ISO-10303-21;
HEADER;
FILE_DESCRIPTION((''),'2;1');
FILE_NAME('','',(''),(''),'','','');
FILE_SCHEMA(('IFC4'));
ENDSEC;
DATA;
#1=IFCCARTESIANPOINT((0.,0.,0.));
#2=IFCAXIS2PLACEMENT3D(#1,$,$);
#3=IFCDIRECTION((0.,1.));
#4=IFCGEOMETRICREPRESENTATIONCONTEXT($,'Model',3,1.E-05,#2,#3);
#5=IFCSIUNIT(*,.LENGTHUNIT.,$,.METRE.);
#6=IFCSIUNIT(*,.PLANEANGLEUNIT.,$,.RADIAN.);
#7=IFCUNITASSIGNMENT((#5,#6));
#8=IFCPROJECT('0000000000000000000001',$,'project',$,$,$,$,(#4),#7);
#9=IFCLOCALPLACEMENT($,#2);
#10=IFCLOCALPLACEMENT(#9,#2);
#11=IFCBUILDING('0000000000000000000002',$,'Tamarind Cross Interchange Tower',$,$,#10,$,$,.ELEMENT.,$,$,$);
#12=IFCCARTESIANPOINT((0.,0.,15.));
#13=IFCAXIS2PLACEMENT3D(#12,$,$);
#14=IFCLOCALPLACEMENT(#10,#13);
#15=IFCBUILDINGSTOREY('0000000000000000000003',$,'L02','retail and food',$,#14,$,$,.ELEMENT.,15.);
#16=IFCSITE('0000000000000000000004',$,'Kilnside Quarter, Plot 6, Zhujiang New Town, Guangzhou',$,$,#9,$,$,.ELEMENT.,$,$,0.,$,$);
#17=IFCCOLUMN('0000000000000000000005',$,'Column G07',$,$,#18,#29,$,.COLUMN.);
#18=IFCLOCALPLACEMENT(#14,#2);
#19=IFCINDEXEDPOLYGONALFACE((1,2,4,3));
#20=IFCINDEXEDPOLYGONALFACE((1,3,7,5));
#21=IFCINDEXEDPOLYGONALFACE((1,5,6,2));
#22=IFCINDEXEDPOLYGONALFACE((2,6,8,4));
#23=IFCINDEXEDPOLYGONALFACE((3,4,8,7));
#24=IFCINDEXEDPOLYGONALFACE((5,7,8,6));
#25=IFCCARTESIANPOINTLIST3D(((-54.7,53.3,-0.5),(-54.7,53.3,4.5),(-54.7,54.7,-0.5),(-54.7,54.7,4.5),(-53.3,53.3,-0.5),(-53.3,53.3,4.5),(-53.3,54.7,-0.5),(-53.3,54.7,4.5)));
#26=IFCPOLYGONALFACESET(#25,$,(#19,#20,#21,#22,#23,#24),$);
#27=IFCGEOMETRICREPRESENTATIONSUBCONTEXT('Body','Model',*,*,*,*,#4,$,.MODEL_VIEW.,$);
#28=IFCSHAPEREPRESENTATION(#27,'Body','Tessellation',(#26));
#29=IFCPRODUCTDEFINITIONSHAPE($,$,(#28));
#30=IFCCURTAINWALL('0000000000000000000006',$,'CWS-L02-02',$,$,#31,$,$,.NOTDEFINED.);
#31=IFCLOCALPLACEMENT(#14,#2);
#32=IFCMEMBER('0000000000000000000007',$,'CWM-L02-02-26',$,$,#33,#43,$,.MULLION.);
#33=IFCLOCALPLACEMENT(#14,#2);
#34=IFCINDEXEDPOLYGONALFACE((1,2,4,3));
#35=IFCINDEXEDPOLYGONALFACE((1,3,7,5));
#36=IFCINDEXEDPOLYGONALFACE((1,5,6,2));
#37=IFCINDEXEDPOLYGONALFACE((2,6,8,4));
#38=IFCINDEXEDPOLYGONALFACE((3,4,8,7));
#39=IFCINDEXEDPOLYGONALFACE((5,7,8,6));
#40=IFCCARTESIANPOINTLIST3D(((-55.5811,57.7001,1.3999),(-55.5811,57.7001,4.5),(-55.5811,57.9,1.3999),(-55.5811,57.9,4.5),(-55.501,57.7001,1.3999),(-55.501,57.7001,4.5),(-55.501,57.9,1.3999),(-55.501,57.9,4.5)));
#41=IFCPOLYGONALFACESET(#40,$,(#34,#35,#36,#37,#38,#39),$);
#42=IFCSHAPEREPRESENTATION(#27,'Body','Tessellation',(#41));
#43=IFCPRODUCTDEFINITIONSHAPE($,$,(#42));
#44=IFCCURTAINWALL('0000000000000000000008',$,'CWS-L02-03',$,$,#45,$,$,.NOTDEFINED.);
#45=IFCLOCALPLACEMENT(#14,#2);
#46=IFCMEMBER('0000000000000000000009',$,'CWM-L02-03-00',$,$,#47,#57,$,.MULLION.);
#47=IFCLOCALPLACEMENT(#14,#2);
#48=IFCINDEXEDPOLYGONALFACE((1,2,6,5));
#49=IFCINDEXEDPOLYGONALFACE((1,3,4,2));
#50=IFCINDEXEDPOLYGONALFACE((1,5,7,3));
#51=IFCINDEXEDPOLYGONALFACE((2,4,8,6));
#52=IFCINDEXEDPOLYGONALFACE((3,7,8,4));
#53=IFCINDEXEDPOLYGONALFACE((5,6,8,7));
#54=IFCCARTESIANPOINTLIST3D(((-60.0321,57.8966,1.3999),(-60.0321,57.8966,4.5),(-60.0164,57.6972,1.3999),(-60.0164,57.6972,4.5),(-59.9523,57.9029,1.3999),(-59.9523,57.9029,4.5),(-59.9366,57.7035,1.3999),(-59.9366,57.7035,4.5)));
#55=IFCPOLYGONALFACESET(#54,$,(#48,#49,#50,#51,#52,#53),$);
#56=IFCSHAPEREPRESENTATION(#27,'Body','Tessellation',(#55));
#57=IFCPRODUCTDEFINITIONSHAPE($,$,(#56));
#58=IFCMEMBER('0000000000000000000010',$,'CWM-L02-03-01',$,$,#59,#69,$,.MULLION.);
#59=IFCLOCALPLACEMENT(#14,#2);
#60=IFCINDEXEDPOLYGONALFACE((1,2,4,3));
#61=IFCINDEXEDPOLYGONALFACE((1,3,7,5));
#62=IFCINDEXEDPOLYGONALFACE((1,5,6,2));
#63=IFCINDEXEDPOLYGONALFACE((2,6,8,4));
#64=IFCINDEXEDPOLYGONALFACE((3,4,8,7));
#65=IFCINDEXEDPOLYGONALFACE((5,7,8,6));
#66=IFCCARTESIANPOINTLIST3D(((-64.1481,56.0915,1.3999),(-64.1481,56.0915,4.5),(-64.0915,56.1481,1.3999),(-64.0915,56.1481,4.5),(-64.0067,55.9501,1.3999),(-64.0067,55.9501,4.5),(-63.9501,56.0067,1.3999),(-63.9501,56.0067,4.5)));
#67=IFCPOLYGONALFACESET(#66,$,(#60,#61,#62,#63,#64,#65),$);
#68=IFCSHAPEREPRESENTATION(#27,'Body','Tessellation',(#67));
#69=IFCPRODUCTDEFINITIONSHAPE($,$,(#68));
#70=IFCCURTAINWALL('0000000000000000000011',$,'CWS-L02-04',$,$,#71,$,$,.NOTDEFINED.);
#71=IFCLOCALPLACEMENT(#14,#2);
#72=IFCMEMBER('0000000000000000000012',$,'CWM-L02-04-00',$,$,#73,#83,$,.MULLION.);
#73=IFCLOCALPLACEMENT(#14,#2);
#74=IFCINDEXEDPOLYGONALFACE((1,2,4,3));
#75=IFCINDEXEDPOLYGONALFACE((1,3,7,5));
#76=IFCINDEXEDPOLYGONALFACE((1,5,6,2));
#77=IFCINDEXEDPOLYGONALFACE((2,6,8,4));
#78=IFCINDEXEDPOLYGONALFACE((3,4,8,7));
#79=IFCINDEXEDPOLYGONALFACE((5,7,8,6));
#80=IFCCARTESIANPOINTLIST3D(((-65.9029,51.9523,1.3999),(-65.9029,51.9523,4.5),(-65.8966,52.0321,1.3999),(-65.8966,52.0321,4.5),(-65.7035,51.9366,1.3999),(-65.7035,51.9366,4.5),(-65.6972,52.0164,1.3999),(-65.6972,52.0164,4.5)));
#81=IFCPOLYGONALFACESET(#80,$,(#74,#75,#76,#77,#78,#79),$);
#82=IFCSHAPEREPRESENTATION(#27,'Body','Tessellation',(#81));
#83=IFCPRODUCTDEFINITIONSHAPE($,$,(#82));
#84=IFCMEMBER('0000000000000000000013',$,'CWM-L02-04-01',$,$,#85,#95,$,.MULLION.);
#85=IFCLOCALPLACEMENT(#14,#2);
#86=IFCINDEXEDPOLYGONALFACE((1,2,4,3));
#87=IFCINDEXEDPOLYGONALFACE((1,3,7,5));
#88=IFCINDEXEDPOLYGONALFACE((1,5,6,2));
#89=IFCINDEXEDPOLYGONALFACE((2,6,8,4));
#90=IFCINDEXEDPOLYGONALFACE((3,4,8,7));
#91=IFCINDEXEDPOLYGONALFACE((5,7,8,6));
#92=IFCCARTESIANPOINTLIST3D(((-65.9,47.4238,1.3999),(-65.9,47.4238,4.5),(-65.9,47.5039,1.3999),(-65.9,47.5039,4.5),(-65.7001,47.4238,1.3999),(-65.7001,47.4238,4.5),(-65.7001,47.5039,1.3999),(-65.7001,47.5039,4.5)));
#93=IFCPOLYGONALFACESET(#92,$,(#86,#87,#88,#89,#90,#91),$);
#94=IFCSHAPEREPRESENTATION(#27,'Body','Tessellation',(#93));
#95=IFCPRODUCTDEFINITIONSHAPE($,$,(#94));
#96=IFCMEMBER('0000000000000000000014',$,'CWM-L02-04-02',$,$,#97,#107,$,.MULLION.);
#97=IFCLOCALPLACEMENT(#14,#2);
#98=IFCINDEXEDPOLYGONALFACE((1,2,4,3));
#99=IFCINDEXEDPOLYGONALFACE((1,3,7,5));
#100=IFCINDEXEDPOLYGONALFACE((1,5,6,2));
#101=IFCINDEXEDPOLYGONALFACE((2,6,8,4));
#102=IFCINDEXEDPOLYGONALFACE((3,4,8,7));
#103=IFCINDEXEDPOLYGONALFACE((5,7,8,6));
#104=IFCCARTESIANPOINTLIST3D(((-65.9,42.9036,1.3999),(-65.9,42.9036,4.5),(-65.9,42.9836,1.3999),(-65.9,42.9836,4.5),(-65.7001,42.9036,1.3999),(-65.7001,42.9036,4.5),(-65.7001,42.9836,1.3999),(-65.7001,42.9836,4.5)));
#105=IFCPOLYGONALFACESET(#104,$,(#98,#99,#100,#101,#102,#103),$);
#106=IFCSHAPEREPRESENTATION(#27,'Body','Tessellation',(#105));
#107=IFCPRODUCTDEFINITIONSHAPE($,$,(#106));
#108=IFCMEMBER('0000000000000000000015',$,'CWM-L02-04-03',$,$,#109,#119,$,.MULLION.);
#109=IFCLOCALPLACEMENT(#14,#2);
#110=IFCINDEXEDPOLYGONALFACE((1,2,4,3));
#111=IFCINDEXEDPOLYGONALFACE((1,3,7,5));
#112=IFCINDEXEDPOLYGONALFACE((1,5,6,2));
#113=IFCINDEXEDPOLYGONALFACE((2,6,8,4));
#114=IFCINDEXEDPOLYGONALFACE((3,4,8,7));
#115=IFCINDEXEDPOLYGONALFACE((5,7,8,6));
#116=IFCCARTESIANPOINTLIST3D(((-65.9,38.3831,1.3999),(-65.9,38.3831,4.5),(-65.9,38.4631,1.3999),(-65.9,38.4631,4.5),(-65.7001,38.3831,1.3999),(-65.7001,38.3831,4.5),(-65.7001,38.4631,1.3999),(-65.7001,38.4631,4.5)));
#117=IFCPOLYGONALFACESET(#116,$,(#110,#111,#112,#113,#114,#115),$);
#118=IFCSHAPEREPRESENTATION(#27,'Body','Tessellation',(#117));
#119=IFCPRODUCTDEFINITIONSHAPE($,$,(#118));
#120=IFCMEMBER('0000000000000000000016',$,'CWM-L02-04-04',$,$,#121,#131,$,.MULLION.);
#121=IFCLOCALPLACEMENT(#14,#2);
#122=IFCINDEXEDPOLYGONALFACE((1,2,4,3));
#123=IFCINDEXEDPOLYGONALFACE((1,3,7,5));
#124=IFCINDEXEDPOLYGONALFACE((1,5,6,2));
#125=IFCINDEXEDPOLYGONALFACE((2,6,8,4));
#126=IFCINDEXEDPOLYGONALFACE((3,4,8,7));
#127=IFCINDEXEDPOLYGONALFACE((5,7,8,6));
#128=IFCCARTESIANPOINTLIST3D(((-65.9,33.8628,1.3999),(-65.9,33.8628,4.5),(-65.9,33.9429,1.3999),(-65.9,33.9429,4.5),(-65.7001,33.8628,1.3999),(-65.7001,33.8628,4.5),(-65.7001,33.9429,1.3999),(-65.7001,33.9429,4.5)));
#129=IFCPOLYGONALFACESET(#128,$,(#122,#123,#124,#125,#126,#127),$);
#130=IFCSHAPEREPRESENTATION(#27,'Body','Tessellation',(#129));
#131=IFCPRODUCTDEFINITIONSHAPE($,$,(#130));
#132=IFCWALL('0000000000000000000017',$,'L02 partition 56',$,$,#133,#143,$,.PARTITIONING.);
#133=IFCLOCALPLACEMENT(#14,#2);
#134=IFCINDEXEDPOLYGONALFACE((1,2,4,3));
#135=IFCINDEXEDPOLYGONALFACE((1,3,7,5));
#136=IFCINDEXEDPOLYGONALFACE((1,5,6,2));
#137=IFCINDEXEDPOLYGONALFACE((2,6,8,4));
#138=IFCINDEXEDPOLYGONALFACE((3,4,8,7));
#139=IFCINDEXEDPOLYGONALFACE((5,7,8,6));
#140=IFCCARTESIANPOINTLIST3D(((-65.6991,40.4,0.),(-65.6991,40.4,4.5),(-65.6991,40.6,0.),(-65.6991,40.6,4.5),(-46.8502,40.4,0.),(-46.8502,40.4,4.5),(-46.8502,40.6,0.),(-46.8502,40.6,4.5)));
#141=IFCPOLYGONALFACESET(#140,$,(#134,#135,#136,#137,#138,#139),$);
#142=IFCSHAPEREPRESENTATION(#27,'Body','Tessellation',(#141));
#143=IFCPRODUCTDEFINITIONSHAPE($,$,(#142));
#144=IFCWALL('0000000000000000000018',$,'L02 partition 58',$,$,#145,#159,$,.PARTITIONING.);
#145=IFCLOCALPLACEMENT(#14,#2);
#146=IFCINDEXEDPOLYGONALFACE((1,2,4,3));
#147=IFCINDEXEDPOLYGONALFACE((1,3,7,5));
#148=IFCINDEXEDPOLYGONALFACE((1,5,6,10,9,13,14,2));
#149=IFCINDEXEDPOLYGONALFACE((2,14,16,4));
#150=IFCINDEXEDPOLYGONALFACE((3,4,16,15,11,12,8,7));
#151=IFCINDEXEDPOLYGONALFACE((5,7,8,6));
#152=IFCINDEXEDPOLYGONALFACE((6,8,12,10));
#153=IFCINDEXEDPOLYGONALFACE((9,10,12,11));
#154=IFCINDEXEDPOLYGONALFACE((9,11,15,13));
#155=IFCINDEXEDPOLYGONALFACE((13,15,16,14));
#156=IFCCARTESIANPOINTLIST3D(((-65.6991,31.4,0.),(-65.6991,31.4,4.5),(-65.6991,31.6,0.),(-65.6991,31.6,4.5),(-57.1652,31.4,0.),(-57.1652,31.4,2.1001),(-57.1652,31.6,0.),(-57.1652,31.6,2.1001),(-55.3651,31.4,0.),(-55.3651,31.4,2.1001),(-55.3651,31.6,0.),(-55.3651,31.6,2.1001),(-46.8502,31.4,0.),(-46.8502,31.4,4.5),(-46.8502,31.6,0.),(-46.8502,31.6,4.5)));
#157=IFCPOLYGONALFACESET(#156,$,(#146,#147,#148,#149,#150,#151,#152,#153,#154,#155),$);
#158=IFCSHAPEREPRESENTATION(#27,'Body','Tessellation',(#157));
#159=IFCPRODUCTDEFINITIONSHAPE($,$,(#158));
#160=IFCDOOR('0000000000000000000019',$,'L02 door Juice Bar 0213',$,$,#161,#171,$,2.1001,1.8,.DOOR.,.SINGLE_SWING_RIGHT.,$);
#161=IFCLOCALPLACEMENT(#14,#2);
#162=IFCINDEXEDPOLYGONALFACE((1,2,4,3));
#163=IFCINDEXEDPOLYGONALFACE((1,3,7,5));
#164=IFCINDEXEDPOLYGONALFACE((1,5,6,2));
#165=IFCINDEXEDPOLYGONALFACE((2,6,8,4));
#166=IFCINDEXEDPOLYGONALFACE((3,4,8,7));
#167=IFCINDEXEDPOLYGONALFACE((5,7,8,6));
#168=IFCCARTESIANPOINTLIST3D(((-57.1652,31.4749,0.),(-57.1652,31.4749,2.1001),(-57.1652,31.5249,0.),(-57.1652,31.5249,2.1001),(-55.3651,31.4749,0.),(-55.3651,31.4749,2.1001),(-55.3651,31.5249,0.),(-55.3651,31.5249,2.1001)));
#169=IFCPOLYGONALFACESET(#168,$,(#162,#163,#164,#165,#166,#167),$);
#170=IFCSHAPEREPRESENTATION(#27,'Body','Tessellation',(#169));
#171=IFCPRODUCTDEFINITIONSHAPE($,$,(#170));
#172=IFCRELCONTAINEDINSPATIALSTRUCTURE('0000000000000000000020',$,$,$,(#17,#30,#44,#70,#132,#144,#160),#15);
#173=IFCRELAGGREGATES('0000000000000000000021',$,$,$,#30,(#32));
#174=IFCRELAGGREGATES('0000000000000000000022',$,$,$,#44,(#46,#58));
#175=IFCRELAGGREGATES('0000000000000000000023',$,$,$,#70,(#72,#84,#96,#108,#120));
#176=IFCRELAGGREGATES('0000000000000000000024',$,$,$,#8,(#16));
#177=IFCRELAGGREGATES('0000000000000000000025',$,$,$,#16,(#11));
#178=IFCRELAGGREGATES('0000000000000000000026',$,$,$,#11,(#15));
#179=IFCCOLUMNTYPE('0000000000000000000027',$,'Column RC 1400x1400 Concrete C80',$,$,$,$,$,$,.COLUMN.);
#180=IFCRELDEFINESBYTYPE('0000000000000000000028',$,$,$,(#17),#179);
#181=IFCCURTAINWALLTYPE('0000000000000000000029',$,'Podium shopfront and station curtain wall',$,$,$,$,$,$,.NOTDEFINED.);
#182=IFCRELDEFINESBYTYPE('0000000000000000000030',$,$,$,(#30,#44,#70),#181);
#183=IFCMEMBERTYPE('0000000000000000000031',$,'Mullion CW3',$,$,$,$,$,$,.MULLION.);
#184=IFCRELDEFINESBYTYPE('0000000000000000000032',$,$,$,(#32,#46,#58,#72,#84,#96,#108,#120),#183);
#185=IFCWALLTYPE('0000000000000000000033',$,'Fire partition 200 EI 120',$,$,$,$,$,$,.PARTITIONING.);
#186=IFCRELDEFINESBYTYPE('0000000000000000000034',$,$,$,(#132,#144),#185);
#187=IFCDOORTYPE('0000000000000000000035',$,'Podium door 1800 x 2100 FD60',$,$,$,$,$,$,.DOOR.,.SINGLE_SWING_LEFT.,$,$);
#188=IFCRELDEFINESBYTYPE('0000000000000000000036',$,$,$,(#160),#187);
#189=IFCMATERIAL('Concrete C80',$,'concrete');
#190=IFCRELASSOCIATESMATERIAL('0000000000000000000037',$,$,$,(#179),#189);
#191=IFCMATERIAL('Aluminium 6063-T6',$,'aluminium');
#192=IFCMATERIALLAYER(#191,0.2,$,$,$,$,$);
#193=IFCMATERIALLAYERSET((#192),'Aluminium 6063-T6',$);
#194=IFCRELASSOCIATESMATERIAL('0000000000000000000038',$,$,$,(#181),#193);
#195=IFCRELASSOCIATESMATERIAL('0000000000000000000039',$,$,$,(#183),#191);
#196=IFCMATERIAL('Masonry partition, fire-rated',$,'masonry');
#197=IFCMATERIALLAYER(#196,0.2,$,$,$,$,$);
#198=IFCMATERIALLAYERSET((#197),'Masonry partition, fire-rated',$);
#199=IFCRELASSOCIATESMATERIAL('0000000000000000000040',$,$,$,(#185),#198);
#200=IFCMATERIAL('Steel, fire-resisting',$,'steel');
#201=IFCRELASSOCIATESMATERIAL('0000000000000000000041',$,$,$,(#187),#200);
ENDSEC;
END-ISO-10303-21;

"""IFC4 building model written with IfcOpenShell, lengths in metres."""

from ifc_helpers import new_model, si_unit, direction, frame, frame_2d, origin, origin_2d, place, context, subcontext, project, spatial, rectangle, extrude, material, layer, layer_set, material_profile, profile_set, type_object, element, fill, aggregate, save


model = new_model("IFC4")

# Units and contexts
model_context = context("Model", 3, precision=1e-05, world=origin(), true_north=direction((0.0, 1.0)))
body_context = subcontext(model_context, "Body", "Model", "MODEL_VIEW")
ifc_project = project(units=[si_unit("LENGTHUNIT", "METRE"), si_unit("PLANEANGLEUNIT", "RADIAN")], contexts=[model_context])

# Site, building, storey
site_placement = place(None, origin())
site = spatial("IfcSite", under=ifc_project, at=site_placement, Name="Kilnside Quarter, Plot 6, Zhujiang New Town, Guangzhou", CompositionType="ELEMENT", RefElevation=0.0)
building_placement = place(site_placement, origin())
building = spatial("IfcBuilding", under=site, at=building_placement, Name="Tamarind Cross Interchange Tower", CompositionType="ELEMENT")
storey_placement = place(building_placement, frame((0.0, 0.0, 15.0)))
storey = spatial("IfcBuildingStorey", under=building, at=storey_placement, Name="L02", Description="retail and food", CompositionType="ELEMENT", Elevation=15.0)

# Column
ifc_material_1 = material(Name="Concrete C80", Category="concrete")
ifc_material_profile_1 = material_profile(ifc_material_1, rectangle(XDim=1.3999, YDim=1.3999, at=origin_2d()), Name="RC 1400x1400")
ifc_profile_set_1 = profile_set([ifc_material_profile_1], Name="Concrete C80")
column_type = type_object("IfcColumnType", Name="Column RC 1400x1400 Concrete C80", PredefinedType="COLUMN", material=ifc_profile_set_1)
column_placement = place(storey_placement, frame((-54.0, 54.0, -0.5), z_axis=(0.0, 0.0, 1.0), x_axis=(1.0, 0.0, 0.0)))
element("IfcColumn", 1, at=column_placement, inside=storey, type_object=column_type, Name="Column G07", PredefinedType="COLUMN", context=body_context, shape_type="SweptSolid", body=[
    extrude(rectangle(XDim=1.3999, YDim=1.3999, at=origin_2d()), origin(), (0.0, 0.0, 1.0), 5.0),
])

# Curtain wall, member
ifc_material_2 = material(Name="Aluminium 6063-T6", Category="aluminium")
ifc_layer_1 = layer(ifc_material_2, 0.2)
ifc_layer_set_1 = layer_set([ifc_layer_1], Name="Aluminium 6063-T6")
curtain_wall_type = type_object("IfcCurtainWallType", Name="Podium shopfront and station curtain wall", PredefinedType="NOTDEFINED", material=ifc_layer_set_1)
curtain_wall_1_placement = place(storey_placement, origin())
curtain_wall_1 = element("IfcCurtainWall", 2, at=curtain_wall_1_placement, inside=storey, type_object=curtain_wall_type, Name="CWS-L02-02", PredefinedType="NOTDEFINED")
ifc_material_profile_2 = material_profile(ifc_material_2, rectangle(XDim=0.0801, YDim=0.2, at=origin_2d()), Name="Mullion CW3")
ifc_profile_set_2 = profile_set([ifc_material_profile_2], Name="Aluminium 6063-T6")
member_type = type_object("IfcMemberType", Name="Mullion CW3", PredefinedType="MULLION", material=ifc_profile_set_2)
member_1_placement = place(storey_placement, frame((-55.541, 57.8, 1.3999), z_axis=(0.0, 0.0, 1.0), x_axis=(-1.0, 0.0, 0.0)))
member_1 = element("IfcMember", 3, at=member_1_placement, type_object=member_type, Name="CWM-L02-02-26", PredefinedType="MULLION", context=body_context, shape_type="SweptSolid", body=[
    extrude(rectangle(XDim=0.0801, YDim=0.2, at=origin_2d()), origin(), (0.0, 0.0, 1.0), 3.1001),
])
aggregate(curtain_wall_1, [member_1])

# Curtain walls, members
curtain_wall_2_placement = place(storey_placement, origin())
curtain_wall_2 = element("IfcCurtainWall", 4, at=curtain_wall_2_placement, inside=storey, type_object=curtain_wall_type, Name="CWS-L02-03", PredefinedType="NOTDEFINED")
member_2_placement = place(storey_placement, frame((-59.9844, 57.8, 1.3999), z_axis=(0.0, 0.0, 1.0), x_axis=(-0.996917, -0.078459, 0.0)))
member_2 = element("IfcMember", 5, at=member_2_placement, type_object=member_type, Name="CWM-L02-03-00", PredefinedType="MULLION", context=body_context, shape_type="SweptSolid", body=[
    extrude(rectangle(XDim=0.0801, YDim=0.2, at=origin_2d()), origin(), (0.0, 0.0, 1.0), 3.1001),
])
member_3_placement = place(storey_placement, frame((-64.0491, 56.0491, 1.3999), z_axis=(0.0, 0.0, 1.0), x_axis=(-0.707107, -0.707107, 0.0)))
member_3 = element("IfcMember", 6, at=member_3_placement, type_object=member_type, Name="CWM-L02-03-01", PredefinedType="MULLION", context=body_context, shape_type="SweptSolid", body=[
    extrude(rectangle(XDim=0.0801, YDim=0.2, at=origin_2d()), origin(), (0.0, 0.0, 1.0), 3.1001),
])
aggregate(curtain_wall_2, [member_2, member_3])
curtain_wall_3_placement = place(storey_placement, origin())
curtain_wall_3 = element("IfcCurtainWall", 7, at=curtain_wall_3_placement, inside=storey, type_object=curtain_wall_type, Name="CWS-L02-04", PredefinedType="NOTDEFINED")
member_4_placement = place(storey_placement, frame((-65.8, 51.9844, 1.3999), z_axis=(0.0, 0.0, 1.0), x_axis=(-0.078459, -0.996917, 0.0)))
member_4 = element("IfcMember", 8, at=member_4_placement, type_object=member_type, Name="CWM-L02-04-00", PredefinedType="MULLION", context=body_context, shape_type="SweptSolid", body=[
    extrude(rectangle(XDim=0.0801, YDim=0.2, at=origin_2d()), origin(), (0.0, 0.0, 1.0), 3.1001),
])
member_5_placement = place(storey_placement, frame((-65.8, 47.4639, 1.3999), z_axis=(0.0, 0.0, 1.0), x_axis=(0.0, -1.0, 0.0)))
member_5 = element("IfcMember", 9, at=member_5_placement, type_object=member_type, Name="CWM-L02-04-01", PredefinedType="MULLION", context=body_context, shape_type="SweptSolid", body=[
    extrude(rectangle(XDim=0.0801, YDim=0.2, at=origin_2d()), origin(), (0.0, 0.0, 1.0), 3.1001),
])
member_6_placement = place(storey_placement, frame((-65.8, 42.9436, 1.3999), z_axis=(0.0, 0.0, 1.0), x_axis=(0.0, -1.0, 0.0)))
member_6 = element("IfcMember", 10, at=member_6_placement, type_object=member_type, Name="CWM-L02-04-02", PredefinedType="MULLION", context=body_context, shape_type="SweptSolid", body=[
    extrude(rectangle(XDim=0.0801, YDim=0.2, at=origin_2d()), origin(), (0.0, 0.0, 1.0), 3.1001),
])
member_7_placement = place(storey_placement, frame((-65.8, 38.4231, 1.3999), z_axis=(0.0, 0.0, 1.0), x_axis=(0.0, -1.0, 0.0)))
member_7 = element("IfcMember", 11, at=member_7_placement, type_object=member_type, Name="CWM-L02-04-03", PredefinedType="MULLION", context=body_context, shape_type="SweptSolid", body=[
    extrude(rectangle(XDim=0.0801, YDim=0.2, at=origin_2d()), origin(), (0.0, 0.0, 1.0), 3.1001),
])
member_8_placement = place(storey_placement, frame((-65.8, 33.9028, 1.3999), z_axis=(0.0, 0.0, 1.0), x_axis=(0.0, -1.0, 0.0)))
member_8 = element("IfcMember", 12, at=member_8_placement, type_object=member_type, Name="CWM-L02-04-04", PredefinedType="MULLION", context=body_context, shape_type="SweptSolid", body=[
    extrude(rectangle(XDim=0.0801, YDim=0.2, at=origin_2d()), origin(), (0.0, 0.0, 1.0), 3.1001),
])
aggregate(curtain_wall_3, [member_4, member_5, member_6, member_7, member_8])

# Wall
ifc_material_3 = material(Name="Masonry partition, fire-rated", Category="masonry")
ifc_layer_2 = layer(ifc_material_3, 0.2)
ifc_layer_set_2 = layer_set([ifc_layer_2], Name="Masonry partition, fire-rated")
wall_type_1 = type_object("IfcWallType", Name="Fire partition 200 EI 120", PredefinedType="PARTITIONING", material=ifc_layer_set_2)
wall_1_placement = place(storey_placement, frame((-65.699, 40.5, 0.0), z_axis=(0.0, 0.0, 1.0), x_axis=(1.0, 0.0, 0.0)))
element("IfcWall", 13, at=wall_1_placement, inside=storey, type_object=wall_type_1, Name="L02 partition 56", PredefinedType="PARTITIONING", context=body_context, shape_type="SweptSolid", body=[
    extrude(rectangle(XDim=18.8489, YDim=0.2, at=frame_2d((9.4243, 0.0))), origin(), (0.0, 0.0, 1.0), 4.5),
])

# Wall, opening, door
wall_2_placement = place(storey_placement, frame((-65.699, 31.5, 0.0), z_axis=(0.0, 0.0, 1.0), x_axis=(1.0, 0.0, 0.0)))
wall_2 = element("IfcWall", 14, at=wall_2_placement, inside=storey, type_object=wall_type_1, Name="L02 partition 58", PredefinedType="PARTITIONING", context=body_context, shape_type="SweptSolid", body=[
    extrude(rectangle(XDim=18.8489, YDim=0.2, at=frame_2d((9.4243, 0.0))), origin(), (0.0, 0.0, 1.0), 4.5),
])
opening_1_placement = place(wall_2_placement, frame((8.5339, 0.0, 0.0)))
opening_1 = element("IfcOpeningElement", 15, at=opening_1_placement, cuts=wall_2, PredefinedType="OPENING", context=body_context, shape_type="SweptSolid", body=[
    extrude(rectangle(XDim=1.8, YDim=2.1001, at=frame_2d((0.8999, 1.05))), frame((0.0, 0.1099, 0.0), z_axis=(0.0, -1.0, 0.0), x_axis=(1.0, 0.0, 0.0)), (0.0, 0.0, 1.0), 0.22),
])
ifc_material_4 = material(Name="Steel, fire-resisting", Category="steel")
door_type_1 = type_object("IfcDoorType", Name="Podium door 1800 x 2100 FD60", OperationType="SINGLE_SWING_LEFT", PredefinedType="DOOR", material=ifc_material_4)
door_1_placement = place(opening_1_placement, origin())
door_1 = element("IfcDoor", 16, at=door_1_placement, inside=storey, type_object=door_type_1, Name="L02 door Juice Bar 0213", OperationType="SINGLE_SWING_RIGHT", OverallHeight=2.1001, OverallWidth=1.8, PredefinedType="DOOR", context=body_context, shape_type="SweptSolid", body=[
    extrude(rectangle(XDim=1.8, YDim=2.1001, at=frame_2d((0.8999, 1.05))), frame((0.0, 0.0249, 0.0), z_axis=(0.0, -1.0, 0.0), x_axis=(1.0, 0.0, 0.0)), (0.0, 0.0, 1.0), 0.05),
])
fill(opening_1, door_1)

save(model, "model.ifc")
